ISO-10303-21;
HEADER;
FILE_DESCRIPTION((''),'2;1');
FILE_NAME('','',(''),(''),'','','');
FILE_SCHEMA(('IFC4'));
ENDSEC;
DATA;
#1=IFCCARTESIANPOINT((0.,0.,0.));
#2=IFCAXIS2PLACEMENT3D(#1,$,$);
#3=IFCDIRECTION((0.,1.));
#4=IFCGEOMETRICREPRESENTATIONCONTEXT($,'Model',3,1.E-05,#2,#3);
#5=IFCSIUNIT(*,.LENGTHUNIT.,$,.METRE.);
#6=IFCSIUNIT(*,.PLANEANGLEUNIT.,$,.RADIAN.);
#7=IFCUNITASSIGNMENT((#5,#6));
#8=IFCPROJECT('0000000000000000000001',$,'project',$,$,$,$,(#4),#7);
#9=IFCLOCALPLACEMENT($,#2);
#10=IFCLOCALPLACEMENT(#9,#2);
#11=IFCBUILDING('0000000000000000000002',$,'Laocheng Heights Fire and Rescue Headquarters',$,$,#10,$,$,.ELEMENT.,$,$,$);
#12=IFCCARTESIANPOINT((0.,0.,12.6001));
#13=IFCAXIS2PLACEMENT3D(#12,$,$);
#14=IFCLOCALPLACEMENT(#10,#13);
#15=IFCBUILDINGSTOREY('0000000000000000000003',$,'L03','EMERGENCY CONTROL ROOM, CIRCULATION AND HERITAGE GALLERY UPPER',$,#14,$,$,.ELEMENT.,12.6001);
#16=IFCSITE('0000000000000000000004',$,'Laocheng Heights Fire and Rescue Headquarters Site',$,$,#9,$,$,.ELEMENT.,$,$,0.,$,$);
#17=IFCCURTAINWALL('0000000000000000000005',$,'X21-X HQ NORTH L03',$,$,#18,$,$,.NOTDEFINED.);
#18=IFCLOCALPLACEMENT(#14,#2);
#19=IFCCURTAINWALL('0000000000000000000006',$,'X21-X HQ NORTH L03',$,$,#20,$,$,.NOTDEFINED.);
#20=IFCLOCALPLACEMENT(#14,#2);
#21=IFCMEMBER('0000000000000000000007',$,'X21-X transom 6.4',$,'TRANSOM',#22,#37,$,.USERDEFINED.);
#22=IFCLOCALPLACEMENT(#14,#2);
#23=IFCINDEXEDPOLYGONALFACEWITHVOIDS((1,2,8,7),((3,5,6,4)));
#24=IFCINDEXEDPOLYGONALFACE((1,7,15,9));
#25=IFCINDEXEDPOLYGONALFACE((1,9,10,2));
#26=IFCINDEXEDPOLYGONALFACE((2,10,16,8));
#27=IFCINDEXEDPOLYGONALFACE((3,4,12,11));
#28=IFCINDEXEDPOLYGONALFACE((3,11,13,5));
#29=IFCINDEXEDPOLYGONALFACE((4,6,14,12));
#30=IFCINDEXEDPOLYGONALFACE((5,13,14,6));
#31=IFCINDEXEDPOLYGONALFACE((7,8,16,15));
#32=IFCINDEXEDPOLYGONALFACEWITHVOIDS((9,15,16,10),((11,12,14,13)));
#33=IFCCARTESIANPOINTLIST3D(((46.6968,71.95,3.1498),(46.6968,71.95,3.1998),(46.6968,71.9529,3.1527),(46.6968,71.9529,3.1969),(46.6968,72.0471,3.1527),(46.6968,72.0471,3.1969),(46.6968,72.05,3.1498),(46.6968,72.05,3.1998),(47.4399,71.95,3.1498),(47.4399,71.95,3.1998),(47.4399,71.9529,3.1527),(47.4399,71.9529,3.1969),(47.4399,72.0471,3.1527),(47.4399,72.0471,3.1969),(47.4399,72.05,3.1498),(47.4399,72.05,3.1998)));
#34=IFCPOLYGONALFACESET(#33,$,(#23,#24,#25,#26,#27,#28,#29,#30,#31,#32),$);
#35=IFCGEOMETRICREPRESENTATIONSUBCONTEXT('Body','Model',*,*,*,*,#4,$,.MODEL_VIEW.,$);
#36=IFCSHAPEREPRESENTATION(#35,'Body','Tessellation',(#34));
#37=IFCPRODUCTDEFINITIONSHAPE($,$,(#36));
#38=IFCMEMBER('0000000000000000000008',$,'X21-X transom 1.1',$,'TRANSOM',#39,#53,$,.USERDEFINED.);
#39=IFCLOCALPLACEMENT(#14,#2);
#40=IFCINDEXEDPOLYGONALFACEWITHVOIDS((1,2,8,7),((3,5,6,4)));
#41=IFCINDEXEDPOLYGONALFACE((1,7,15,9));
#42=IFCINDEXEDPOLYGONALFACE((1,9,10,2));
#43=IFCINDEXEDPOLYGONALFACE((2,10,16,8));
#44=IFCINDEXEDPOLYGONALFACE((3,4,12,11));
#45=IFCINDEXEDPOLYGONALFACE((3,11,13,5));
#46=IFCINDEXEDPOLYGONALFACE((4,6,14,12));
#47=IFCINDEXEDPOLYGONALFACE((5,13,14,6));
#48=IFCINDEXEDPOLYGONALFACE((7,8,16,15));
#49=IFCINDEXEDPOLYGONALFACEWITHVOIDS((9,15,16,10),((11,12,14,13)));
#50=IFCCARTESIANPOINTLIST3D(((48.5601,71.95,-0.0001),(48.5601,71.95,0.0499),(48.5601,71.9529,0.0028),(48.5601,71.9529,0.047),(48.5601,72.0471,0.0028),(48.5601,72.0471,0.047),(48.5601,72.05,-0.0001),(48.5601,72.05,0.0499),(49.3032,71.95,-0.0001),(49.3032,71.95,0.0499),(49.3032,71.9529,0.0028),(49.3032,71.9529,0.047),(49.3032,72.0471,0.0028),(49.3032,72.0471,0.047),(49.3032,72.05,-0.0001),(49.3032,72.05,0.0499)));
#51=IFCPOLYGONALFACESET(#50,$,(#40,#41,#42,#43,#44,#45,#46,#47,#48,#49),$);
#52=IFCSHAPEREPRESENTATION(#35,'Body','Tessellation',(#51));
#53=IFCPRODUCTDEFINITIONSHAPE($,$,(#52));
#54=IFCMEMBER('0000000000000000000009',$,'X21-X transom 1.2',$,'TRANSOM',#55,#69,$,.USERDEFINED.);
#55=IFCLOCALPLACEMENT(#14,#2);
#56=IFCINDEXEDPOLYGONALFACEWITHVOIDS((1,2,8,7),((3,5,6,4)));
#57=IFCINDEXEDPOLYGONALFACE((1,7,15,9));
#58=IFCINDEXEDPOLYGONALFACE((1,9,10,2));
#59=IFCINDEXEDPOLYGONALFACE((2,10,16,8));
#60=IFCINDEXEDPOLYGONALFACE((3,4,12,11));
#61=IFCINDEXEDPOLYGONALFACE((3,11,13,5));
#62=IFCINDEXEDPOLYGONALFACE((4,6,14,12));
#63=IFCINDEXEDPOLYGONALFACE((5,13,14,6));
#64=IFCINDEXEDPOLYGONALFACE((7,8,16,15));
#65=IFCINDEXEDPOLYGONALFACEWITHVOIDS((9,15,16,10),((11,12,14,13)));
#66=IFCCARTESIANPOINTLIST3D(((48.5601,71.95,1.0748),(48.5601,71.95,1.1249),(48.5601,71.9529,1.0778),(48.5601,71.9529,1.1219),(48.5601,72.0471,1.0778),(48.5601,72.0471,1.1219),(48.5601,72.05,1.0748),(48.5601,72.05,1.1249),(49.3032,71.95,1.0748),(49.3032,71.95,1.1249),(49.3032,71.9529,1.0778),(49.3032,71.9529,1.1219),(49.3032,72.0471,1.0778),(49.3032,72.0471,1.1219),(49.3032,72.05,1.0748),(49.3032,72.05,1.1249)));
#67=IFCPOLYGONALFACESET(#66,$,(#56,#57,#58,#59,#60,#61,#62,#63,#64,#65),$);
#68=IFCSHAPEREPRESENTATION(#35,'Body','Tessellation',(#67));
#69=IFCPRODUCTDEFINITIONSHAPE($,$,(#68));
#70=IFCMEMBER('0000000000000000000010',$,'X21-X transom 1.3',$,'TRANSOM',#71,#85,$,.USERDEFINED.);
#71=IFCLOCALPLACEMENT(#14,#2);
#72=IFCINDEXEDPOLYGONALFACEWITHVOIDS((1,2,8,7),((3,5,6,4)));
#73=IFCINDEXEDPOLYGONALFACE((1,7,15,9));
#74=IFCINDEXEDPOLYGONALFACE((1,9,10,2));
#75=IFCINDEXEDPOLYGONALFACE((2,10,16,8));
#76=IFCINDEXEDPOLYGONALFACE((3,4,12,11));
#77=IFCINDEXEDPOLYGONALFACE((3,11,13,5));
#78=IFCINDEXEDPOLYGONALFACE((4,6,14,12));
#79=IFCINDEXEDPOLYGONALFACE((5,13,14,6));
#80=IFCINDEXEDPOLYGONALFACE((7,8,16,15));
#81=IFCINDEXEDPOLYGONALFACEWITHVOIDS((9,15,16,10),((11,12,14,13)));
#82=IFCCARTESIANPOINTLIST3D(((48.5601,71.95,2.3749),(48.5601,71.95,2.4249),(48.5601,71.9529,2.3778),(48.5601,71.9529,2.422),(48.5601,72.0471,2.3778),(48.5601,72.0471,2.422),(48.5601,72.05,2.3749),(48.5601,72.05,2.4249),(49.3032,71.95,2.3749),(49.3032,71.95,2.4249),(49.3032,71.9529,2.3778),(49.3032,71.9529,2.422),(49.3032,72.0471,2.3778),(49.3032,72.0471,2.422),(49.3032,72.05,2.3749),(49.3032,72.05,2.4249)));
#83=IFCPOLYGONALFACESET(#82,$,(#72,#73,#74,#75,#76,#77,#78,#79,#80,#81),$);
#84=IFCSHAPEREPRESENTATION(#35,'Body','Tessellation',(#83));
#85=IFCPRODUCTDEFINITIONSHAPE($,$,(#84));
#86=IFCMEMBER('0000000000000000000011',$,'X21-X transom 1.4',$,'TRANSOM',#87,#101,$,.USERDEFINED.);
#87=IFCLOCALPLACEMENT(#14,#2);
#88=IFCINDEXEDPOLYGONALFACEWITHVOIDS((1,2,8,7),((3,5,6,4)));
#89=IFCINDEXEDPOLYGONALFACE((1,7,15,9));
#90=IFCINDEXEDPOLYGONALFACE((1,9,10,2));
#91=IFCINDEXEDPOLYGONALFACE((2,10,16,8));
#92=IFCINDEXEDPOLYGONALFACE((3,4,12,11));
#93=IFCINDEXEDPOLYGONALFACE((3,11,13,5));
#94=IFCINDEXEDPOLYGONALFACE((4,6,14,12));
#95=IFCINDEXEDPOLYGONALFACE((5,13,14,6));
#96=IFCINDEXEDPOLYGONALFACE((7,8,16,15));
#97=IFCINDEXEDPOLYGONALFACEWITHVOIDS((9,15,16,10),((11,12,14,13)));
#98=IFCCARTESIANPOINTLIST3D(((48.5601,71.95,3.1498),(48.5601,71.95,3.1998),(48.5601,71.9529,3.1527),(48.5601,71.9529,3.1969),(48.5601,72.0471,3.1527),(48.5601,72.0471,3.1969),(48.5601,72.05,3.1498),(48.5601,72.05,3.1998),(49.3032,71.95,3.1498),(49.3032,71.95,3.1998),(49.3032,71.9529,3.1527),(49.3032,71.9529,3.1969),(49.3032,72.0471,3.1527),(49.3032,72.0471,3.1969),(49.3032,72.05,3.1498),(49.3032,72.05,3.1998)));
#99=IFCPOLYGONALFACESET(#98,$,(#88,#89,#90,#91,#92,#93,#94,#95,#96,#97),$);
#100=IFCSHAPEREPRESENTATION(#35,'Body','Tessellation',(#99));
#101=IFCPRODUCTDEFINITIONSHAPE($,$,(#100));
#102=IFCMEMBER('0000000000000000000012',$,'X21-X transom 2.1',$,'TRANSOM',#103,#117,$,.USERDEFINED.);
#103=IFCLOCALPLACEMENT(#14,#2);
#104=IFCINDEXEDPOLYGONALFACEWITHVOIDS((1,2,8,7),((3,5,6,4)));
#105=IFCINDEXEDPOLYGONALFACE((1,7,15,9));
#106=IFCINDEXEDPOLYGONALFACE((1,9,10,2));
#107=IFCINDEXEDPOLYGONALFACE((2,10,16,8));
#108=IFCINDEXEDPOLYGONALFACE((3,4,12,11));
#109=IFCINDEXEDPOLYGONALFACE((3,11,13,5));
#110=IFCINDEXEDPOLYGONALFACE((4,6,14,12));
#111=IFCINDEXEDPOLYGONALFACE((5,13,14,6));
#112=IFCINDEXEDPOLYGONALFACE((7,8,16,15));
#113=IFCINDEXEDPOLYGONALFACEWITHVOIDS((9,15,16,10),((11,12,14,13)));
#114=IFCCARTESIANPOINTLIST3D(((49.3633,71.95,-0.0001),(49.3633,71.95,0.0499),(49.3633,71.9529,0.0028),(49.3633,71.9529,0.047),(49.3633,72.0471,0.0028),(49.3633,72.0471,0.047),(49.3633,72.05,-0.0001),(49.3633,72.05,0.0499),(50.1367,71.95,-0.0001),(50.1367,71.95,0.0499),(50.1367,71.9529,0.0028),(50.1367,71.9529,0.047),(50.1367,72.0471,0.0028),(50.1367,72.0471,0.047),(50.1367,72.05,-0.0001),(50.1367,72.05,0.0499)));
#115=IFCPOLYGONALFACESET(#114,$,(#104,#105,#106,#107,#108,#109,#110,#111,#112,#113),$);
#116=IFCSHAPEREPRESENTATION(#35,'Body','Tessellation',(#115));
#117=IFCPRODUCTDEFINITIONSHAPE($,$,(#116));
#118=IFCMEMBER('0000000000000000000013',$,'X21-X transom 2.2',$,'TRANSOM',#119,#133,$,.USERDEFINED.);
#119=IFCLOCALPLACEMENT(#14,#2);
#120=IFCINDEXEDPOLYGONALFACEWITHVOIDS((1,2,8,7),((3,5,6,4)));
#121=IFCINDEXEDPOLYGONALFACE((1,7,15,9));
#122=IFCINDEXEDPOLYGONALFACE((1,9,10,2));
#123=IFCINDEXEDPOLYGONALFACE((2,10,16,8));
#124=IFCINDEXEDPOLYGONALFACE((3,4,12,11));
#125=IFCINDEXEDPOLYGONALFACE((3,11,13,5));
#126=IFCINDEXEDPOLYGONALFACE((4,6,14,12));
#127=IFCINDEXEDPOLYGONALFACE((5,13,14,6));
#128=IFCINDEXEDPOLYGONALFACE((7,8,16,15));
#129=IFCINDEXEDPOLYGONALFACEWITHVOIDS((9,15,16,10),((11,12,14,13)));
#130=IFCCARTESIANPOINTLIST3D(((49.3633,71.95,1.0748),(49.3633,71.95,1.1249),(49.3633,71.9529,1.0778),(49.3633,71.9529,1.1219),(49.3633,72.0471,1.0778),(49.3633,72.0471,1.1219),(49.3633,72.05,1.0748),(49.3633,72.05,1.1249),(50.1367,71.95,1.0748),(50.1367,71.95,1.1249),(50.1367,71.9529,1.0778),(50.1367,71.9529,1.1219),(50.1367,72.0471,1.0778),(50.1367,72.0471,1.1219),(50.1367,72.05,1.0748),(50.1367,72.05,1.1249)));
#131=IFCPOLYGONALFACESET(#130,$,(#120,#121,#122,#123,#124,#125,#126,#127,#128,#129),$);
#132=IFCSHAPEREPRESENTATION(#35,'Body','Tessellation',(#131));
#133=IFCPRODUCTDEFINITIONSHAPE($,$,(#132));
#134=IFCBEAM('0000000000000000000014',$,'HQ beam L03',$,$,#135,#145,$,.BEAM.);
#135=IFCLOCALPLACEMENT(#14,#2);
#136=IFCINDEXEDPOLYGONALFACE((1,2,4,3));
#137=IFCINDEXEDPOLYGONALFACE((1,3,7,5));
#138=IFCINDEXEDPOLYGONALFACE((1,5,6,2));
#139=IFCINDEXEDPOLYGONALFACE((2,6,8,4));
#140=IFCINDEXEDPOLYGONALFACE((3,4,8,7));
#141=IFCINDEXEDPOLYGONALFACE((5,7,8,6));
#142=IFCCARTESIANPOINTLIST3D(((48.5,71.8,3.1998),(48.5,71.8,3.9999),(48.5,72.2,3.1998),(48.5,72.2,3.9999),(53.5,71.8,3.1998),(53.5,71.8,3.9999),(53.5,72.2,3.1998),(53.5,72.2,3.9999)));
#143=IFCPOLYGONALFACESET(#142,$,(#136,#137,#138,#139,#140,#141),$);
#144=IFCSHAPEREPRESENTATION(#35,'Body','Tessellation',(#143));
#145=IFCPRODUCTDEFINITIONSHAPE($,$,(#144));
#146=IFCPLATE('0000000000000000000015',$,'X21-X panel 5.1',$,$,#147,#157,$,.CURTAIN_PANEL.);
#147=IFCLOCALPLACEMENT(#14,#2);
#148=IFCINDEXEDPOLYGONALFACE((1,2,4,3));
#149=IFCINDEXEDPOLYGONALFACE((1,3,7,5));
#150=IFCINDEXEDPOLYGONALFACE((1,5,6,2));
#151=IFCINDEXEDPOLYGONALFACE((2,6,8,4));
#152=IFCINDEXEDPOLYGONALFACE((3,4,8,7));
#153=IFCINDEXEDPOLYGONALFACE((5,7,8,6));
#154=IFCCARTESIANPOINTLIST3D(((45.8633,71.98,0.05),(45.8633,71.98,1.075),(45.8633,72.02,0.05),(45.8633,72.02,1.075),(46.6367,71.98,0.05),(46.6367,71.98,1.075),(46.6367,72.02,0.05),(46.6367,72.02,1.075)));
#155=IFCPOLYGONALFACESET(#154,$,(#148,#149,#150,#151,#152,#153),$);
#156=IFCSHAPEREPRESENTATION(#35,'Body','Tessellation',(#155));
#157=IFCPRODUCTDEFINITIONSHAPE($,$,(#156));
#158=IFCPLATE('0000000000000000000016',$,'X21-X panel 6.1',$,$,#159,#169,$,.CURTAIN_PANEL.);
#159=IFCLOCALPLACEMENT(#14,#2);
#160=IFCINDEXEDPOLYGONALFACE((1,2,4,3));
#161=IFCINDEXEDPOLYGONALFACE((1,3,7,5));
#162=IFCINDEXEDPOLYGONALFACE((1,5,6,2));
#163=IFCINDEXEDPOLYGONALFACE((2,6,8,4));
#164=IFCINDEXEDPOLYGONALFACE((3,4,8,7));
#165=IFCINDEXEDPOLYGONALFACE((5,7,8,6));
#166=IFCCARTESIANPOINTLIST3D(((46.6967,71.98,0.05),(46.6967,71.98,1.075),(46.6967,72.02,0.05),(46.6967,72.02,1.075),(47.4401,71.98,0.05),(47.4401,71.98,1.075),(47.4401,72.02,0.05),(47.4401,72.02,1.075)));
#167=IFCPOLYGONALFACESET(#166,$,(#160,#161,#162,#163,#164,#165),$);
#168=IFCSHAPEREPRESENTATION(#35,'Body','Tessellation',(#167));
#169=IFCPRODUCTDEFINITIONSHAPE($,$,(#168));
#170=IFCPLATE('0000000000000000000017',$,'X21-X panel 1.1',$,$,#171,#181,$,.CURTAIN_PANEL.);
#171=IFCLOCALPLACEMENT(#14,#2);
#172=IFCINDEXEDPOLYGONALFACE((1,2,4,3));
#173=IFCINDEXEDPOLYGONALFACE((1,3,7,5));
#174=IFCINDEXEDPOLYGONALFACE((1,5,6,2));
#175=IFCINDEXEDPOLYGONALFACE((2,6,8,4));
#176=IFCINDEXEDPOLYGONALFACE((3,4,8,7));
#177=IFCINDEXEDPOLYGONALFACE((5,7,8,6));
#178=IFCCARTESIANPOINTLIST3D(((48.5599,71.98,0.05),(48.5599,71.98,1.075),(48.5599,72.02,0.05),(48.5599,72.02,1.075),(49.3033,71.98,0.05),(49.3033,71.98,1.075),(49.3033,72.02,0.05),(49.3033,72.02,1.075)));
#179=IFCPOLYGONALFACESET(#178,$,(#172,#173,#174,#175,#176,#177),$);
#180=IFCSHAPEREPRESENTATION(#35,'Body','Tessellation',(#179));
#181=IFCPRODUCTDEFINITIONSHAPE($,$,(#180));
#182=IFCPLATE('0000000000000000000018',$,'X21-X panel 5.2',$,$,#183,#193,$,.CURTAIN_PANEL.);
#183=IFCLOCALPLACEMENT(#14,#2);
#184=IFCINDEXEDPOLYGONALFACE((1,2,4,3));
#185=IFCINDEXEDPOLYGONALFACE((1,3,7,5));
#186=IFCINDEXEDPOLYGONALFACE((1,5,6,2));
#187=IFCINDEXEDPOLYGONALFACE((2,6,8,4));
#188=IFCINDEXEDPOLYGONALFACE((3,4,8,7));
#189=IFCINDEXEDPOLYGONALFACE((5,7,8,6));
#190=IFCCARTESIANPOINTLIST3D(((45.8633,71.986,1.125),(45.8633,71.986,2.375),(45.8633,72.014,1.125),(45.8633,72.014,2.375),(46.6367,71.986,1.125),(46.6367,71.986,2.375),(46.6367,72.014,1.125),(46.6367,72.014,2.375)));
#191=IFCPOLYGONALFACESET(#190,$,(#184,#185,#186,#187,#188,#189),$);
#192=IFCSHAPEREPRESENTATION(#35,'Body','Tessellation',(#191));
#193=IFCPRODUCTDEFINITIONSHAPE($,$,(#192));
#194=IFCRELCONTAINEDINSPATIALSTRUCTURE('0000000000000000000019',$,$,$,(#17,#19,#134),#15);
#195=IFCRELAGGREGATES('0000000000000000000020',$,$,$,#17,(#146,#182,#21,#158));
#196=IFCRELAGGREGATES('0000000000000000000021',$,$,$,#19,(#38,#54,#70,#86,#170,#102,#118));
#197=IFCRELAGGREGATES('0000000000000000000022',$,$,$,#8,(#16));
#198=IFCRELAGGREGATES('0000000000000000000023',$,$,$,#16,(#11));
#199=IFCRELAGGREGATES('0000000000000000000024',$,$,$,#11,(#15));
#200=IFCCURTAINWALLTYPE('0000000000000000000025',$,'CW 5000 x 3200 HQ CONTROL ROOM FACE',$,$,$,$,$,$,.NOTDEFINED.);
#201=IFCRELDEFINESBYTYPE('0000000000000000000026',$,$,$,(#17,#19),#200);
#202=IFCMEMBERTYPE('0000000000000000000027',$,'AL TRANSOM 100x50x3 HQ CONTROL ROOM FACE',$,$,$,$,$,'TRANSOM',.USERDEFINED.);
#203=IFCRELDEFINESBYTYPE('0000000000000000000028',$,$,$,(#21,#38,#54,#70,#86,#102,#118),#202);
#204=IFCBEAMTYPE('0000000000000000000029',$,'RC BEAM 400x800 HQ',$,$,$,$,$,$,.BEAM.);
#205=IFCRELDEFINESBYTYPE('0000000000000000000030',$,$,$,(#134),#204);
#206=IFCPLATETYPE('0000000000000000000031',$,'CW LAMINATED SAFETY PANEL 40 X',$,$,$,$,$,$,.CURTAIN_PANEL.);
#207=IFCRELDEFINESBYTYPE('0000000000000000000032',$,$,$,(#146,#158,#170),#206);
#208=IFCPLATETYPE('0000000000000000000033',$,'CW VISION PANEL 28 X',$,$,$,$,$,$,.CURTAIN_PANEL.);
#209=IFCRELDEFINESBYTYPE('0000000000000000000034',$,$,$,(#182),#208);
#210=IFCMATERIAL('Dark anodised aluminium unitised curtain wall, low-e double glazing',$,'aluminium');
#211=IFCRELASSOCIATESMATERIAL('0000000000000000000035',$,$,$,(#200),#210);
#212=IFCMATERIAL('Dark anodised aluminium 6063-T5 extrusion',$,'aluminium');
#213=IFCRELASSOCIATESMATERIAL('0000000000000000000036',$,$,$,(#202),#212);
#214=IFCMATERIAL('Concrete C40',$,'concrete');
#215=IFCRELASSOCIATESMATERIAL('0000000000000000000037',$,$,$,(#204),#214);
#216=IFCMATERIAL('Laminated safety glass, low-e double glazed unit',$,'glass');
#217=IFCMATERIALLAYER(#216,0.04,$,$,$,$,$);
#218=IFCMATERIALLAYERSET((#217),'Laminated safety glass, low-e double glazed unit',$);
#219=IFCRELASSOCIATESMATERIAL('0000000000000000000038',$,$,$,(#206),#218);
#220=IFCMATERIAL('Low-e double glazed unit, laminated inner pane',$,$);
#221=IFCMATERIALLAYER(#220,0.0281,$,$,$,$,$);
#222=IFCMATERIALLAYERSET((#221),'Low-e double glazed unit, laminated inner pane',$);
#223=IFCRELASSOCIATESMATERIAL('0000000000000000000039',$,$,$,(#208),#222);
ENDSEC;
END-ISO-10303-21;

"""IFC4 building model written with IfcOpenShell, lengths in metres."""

from ifc_helpers import new_model, si_unit, direction, frame, origin, origin_2d, place, context, subcontext, project, spatial, rectangle, hollow_rectangle, extrude, material, layer, layer_set, material_profile, profile_set, type_object, element, aggregate, save


model = new_model("IFC4")

# Units and contexts
model_context = context("Model", 3, precision=1e-05, world=origin(), true_north=direction((0.0, 1.0)))
body_context = subcontext(model_context, "Body", "Model", "MODEL_VIEW")
ifc_project = project(units=[si_unit("LENGTHUNIT", "METRE"), si_unit("PLANEANGLEUNIT", "RADIAN")], contexts=[model_context])

# Site, building, storey
site_placement = place(None, origin())
site = spatial("IfcSite", under=ifc_project, at=site_placement, Name="Laocheng Heights Fire and Rescue Headquarters Site", CompositionType="ELEMENT", RefElevation=0.0)
building_placement = place(site_placement, origin())
building = spatial("IfcBuilding", under=site, at=building_placement, Name="Laocheng Heights Fire and Rescue Headquarters", CompositionType="ELEMENT")
storey_placement = place(building_placement, frame((0.0, 0.0, 12.6001)))
storey = spatial("IfcBuildingStorey", under=building, at=storey_placement, Name="L03", Description="EMERGENCY CONTROL ROOM, CIRCULATION AND HERITAGE GALLERY UPPER", CompositionType="ELEMENT", Elevation=12.6001)

# Curtain walls
ifc_material_1 = material(Name="Dark anodised aluminium unitised curtain wall, low-e double glazing", Category="aluminium")
curtain_wall_type = type_object("IfcCurtainWallType", Name="CW 5000 x 3200 HQ CONTROL ROOM FACE", PredefinedType="NOTDEFINED", material=ifc_material_1)
curtain_wall_1_placement = place(storey_placement, origin())
curtain_wall_1 = element("IfcCurtainWall", 1, at=curtain_wall_1_placement, inside=storey, type_object=curtain_wall_type, Name="X21-X HQ NORTH L03", PredefinedType="NOTDEFINED")
curtain_wall_2_placement = place(storey_placement, origin())
curtain_wall_2 = element("IfcCurtainWall", 2, at=curtain_wall_2_placement, inside=storey, type_object=curtain_wall_type, Name="X21-X HQ NORTH L03", PredefinedType="NOTDEFINED")

# Members
ifc_material_2 = material(Name="Dark anodised aluminium 6063-T5 extrusion", Category="aluminium")
ifc_material_profile_1 = material_profile(ifc_material_2, hollow_rectangle(XDim=0.1001, YDim=0.05, WallThickness=0.0029, at=origin_2d()), Name="AL TRANSOM 100x50x3 HQ CONTROL ROOM FACE")
ifc_profile_set_1 = profile_set([ifc_material_profile_1], Name="Dark anodised aluminium 6063-T5 extrusion")
member_type_1 = type_object("IfcMemberType", Name="AL TRANSOM 100x50x3 HQ CONTROL ROOM FACE", ElementType="TRANSOM", PredefinedType="USERDEFINED", material=ifc_profile_set_1)
member_1_placement = place(storey_placement, frame((46.6968, 72.0, 3.1748), z_axis=(1.0, 0.0, 0.0), x_axis=(0.0, 1.0, 0.0)))
member_1 = element("IfcMember", 3, at=member_1_placement, type_object=member_type_1, Name="X21-X transom 6.4", ObjectType="TRANSOM", PredefinedType="USERDEFINED", context=body_context, shape_type="SweptSolid", body=[
    extrude(hollow_rectangle(XDim=0.1001, YDim=0.05, WallThickness=0.0029, at=origin_2d()), origin(), (0.0, 0.0, 1.0), 0.7432),
])
member_2_placement = place(storey_placement, frame((48.5601, 72.0, 0.0249), z_axis=(1.0, 0.0, 0.0), x_axis=(0.0, 1.0, 0.0)))
member_2 = element("IfcMember", 4, at=member_2_placement, type_object=member_type_1, Name="X21-X transom 1.1", ObjectType="TRANSOM", PredefinedType="USERDEFINED", context=body_context, shape_type="SweptSolid", body=[
    extrude(hollow_rectangle(XDim=0.1001, YDim=0.05, WallThickness=0.0029, at=origin_2d()), origin(), (0.0, 0.0, 1.0), 0.7432),
])
member_3_placement = place(storey_placement, frame((48.5601, 72.0, 1.0999), z_axis=(1.0, 0.0, 0.0), x_axis=(0.0, 1.0, 0.0)))
member_3 = element("IfcMember", 5, at=member_3_placement, type_object=member_type_1, Name="X21-X transom 1.2", ObjectType="TRANSOM", PredefinedType="USERDEFINED", context=body_context, shape_type="SweptSolid", body=[
    extrude(hollow_rectangle(XDim=0.1001, YDim=0.05, WallThickness=0.0029, at=origin_2d()), origin(), (0.0, 0.0, 1.0), 0.7432),
])
member_4_placement = place(storey_placement, frame((48.5601, 72.0, 2.3999), z_axis=(1.0, 0.0, 0.0), x_axis=(0.0, 1.0, 0.0)))
member_4 = element("IfcMember", 6, at=member_4_placement, type_object=member_type_1, Name="X21-X transom 1.3", ObjectType="TRANSOM", PredefinedType="USERDEFINED", context=body_context, shape_type="SweptSolid", body=[
    extrude(hollow_rectangle(XDim=0.1001, YDim=0.05, WallThickness=0.0029, at=origin_2d()), origin(), (0.0, 0.0, 1.0), 0.7432),
])
member_5_placement = place(storey_placement, frame((48.5601, 72.0, 3.1748), z_axis=(1.0, 0.0, 0.0), x_axis=(0.0, 1.0, 0.0)))
member_5 = element("IfcMember", 7, at=member_5_placement, type_object=member_type_1, Name="X21-X transom 1.4", ObjectType="TRANSOM", PredefinedType="USERDEFINED", context=body_context, shape_type="SweptSolid", body=[
    extrude(hollow_rectangle(XDim=0.1001, YDim=0.05, WallThickness=0.0029, at=origin_2d()), origin(), (0.0, 0.0, 1.0), 0.7432),
])
member_6_placement = place(storey_placement, frame((49.3633, 72.0, 0.0249), z_axis=(1.0, 0.0, 0.0), x_axis=(0.0, 1.0, 0.0)))
member_6 = element("IfcMember", 8, at=member_6_placement, type_object=member_type_1, Name="X21-X transom 2.1", ObjectType="TRANSOM", PredefinedType="USERDEFINED", context=body_context, shape_type="SweptSolid", body=[
    extrude(hollow_rectangle(XDim=0.1001, YDim=0.05, WallThickness=0.0029, at=origin_2d()), origin(), (0.0, 0.0, 1.0), 0.7734),
])
member_7_placement = place(storey_placement, frame((49.3633, 72.0, 1.0999), z_axis=(1.0, 0.0, 0.0), x_axis=(0.0, 1.0, 0.0)))
member_7 = element("IfcMember", 9, at=member_7_placement, type_object=member_type_1, Name="X21-X transom 2.2", ObjectType="TRANSOM", PredefinedType="USERDEFINED", context=body_context, shape_type="SweptSolid", body=[
    extrude(hollow_rectangle(XDim=0.1001, YDim=0.05, WallThickness=0.0029, at=origin_2d()), origin(), (0.0, 0.0, 1.0), 0.7734),
])

# Beam
ifc_material_3 = material(Name="Concrete C40", Category="concrete")
ifc_material_profile_2 = material_profile(ifc_material_3, rectangle(XDim=0.3999, YDim=0.8, at=origin_2d()), Name="RC BEAM 400x800 HQ")
ifc_profile_set_2 = profile_set([ifc_material_profile_2], Name="Concrete C40")
beam_type = type_object("IfcBeamType", Name="RC BEAM 400x800 HQ", PredefinedType="BEAM", material=ifc_profile_set_2)
beam_placement = place(storey_placement, frame((48.5, 72.0, 3.5999), z_axis=(1.0, 0.0, 0.0), x_axis=(0.0, 1.0, 0.0)))
element("IfcBeam", 10, at=beam_placement, inside=storey, type_object=beam_type, Name="HQ beam L03", PredefinedType="BEAM", context=body_context, shape_type="SweptSolid", body=[
    extrude(rectangle(XDim=0.3999, YDim=0.8, at=origin_2d()), origin(), (0.0, 0.0, 1.0), 5.0),
])

# Plates
ifc_material_4 = material(Name="Laminated safety glass, low-e double glazed unit", Category="glass")
ifc_layer_1 = layer(ifc_material_4, 0.04)
ifc_layer_set_1 = layer_set([ifc_layer_1], Name="Laminated safety glass, low-e double glazed unit")
plate_type_1 = type_object("IfcPlateType", Name="CW LAMINATED SAFETY PANEL 40 X", PredefinedType="CURTAIN_PANEL", material=ifc_layer_set_1)
plate_1_placement = place(storey_placement, frame((46.25, 72.0, 0.05), z_axis=(0.0, 0.0, 1.0), x_axis=(1.0, 0.0, 0.0)))
plate_1 = element("IfcPlate", 11, at=plate_1_placement, type_object=plate_type_1, Name="X21-X panel 5.1", PredefinedType="CURTAIN_PANEL", context=body_context, shape_type="SweptSolid", body=[
    extrude(rectangle(XDim=0.7734, YDim=0.04, at=origin_2d()), origin(), (0.0, 0.0, 1.0), 1.0249),
])
plate_2_placement = place(storey_placement, frame((47.0684, 72.0, 0.05), z_axis=(0.0, 0.0, 1.0), x_axis=(1.0, 0.0, 0.0)))
plate_2 = element("IfcPlate", 12, at=plate_2_placement, type_object=plate_type_1, Name="X21-X panel 6.1", PredefinedType="CURTAIN_PANEL", context=body_context, shape_type="SweptSolid", body=[
    extrude(rectangle(XDim=0.7434, YDim=0.04, at=origin_2d()), origin(), (0.0, 0.0, 1.0), 1.0249),
])
plate_3_placement = place(storey_placement, frame((48.9316, 72.0, 0.05), z_axis=(0.0, 0.0, 1.0), x_axis=(1.0, 0.0, 0.0)))
plate_3 = element("IfcPlate", 13, at=plate_3_placement, type_object=plate_type_1, Name="X21-X panel 1.1", PredefinedType="CURTAIN_PANEL", context=body_context, shape_type="SweptSolid", body=[
    extrude(rectangle(XDim=0.7434, YDim=0.04, at=origin_2d()), origin(), (0.0, 0.0, 1.0), 1.0249),
])
ifc_material_5 = material(Name="Low-e double glazed unit, laminated inner pane")
ifc_layer_2 = layer(ifc_material_5, 0.0281)
ifc_layer_set_2 = layer_set([ifc_layer_2], Name="Low-e double glazed unit, laminated inner pane")
plate_type_2 = type_object("IfcPlateType", Name="CW VISION PANEL 28 X", PredefinedType="CURTAIN_PANEL", material=ifc_layer_set_2)
plate_4_placement = place(storey_placement, frame((46.25, 72.0, 1.125), z_axis=(0.0, 0.0, 1.0), x_axis=(1.0, 0.0, 0.0)))
plate_4 = element("IfcPlate", 14, at=plate_4_placement, type_object=plate_type_2, Name="X21-X panel 5.2", PredefinedType="CURTAIN_PANEL", context=body_context, shape_type="SweptSolid", body=[
    extrude(rectangle(XDim=0.7734, YDim=0.0281, at=origin_2d()), origin(), (0.0, 0.0, 1.0), 1.25),
])
aggregate(curtain_wall_1, [plate_1, plate_4, member_1, plate_2])
aggregate(curtain_wall_2, [member_2, member_3, member_4, member_5, plate_3, member_6, member_7])

save(model, "model.ifc")
